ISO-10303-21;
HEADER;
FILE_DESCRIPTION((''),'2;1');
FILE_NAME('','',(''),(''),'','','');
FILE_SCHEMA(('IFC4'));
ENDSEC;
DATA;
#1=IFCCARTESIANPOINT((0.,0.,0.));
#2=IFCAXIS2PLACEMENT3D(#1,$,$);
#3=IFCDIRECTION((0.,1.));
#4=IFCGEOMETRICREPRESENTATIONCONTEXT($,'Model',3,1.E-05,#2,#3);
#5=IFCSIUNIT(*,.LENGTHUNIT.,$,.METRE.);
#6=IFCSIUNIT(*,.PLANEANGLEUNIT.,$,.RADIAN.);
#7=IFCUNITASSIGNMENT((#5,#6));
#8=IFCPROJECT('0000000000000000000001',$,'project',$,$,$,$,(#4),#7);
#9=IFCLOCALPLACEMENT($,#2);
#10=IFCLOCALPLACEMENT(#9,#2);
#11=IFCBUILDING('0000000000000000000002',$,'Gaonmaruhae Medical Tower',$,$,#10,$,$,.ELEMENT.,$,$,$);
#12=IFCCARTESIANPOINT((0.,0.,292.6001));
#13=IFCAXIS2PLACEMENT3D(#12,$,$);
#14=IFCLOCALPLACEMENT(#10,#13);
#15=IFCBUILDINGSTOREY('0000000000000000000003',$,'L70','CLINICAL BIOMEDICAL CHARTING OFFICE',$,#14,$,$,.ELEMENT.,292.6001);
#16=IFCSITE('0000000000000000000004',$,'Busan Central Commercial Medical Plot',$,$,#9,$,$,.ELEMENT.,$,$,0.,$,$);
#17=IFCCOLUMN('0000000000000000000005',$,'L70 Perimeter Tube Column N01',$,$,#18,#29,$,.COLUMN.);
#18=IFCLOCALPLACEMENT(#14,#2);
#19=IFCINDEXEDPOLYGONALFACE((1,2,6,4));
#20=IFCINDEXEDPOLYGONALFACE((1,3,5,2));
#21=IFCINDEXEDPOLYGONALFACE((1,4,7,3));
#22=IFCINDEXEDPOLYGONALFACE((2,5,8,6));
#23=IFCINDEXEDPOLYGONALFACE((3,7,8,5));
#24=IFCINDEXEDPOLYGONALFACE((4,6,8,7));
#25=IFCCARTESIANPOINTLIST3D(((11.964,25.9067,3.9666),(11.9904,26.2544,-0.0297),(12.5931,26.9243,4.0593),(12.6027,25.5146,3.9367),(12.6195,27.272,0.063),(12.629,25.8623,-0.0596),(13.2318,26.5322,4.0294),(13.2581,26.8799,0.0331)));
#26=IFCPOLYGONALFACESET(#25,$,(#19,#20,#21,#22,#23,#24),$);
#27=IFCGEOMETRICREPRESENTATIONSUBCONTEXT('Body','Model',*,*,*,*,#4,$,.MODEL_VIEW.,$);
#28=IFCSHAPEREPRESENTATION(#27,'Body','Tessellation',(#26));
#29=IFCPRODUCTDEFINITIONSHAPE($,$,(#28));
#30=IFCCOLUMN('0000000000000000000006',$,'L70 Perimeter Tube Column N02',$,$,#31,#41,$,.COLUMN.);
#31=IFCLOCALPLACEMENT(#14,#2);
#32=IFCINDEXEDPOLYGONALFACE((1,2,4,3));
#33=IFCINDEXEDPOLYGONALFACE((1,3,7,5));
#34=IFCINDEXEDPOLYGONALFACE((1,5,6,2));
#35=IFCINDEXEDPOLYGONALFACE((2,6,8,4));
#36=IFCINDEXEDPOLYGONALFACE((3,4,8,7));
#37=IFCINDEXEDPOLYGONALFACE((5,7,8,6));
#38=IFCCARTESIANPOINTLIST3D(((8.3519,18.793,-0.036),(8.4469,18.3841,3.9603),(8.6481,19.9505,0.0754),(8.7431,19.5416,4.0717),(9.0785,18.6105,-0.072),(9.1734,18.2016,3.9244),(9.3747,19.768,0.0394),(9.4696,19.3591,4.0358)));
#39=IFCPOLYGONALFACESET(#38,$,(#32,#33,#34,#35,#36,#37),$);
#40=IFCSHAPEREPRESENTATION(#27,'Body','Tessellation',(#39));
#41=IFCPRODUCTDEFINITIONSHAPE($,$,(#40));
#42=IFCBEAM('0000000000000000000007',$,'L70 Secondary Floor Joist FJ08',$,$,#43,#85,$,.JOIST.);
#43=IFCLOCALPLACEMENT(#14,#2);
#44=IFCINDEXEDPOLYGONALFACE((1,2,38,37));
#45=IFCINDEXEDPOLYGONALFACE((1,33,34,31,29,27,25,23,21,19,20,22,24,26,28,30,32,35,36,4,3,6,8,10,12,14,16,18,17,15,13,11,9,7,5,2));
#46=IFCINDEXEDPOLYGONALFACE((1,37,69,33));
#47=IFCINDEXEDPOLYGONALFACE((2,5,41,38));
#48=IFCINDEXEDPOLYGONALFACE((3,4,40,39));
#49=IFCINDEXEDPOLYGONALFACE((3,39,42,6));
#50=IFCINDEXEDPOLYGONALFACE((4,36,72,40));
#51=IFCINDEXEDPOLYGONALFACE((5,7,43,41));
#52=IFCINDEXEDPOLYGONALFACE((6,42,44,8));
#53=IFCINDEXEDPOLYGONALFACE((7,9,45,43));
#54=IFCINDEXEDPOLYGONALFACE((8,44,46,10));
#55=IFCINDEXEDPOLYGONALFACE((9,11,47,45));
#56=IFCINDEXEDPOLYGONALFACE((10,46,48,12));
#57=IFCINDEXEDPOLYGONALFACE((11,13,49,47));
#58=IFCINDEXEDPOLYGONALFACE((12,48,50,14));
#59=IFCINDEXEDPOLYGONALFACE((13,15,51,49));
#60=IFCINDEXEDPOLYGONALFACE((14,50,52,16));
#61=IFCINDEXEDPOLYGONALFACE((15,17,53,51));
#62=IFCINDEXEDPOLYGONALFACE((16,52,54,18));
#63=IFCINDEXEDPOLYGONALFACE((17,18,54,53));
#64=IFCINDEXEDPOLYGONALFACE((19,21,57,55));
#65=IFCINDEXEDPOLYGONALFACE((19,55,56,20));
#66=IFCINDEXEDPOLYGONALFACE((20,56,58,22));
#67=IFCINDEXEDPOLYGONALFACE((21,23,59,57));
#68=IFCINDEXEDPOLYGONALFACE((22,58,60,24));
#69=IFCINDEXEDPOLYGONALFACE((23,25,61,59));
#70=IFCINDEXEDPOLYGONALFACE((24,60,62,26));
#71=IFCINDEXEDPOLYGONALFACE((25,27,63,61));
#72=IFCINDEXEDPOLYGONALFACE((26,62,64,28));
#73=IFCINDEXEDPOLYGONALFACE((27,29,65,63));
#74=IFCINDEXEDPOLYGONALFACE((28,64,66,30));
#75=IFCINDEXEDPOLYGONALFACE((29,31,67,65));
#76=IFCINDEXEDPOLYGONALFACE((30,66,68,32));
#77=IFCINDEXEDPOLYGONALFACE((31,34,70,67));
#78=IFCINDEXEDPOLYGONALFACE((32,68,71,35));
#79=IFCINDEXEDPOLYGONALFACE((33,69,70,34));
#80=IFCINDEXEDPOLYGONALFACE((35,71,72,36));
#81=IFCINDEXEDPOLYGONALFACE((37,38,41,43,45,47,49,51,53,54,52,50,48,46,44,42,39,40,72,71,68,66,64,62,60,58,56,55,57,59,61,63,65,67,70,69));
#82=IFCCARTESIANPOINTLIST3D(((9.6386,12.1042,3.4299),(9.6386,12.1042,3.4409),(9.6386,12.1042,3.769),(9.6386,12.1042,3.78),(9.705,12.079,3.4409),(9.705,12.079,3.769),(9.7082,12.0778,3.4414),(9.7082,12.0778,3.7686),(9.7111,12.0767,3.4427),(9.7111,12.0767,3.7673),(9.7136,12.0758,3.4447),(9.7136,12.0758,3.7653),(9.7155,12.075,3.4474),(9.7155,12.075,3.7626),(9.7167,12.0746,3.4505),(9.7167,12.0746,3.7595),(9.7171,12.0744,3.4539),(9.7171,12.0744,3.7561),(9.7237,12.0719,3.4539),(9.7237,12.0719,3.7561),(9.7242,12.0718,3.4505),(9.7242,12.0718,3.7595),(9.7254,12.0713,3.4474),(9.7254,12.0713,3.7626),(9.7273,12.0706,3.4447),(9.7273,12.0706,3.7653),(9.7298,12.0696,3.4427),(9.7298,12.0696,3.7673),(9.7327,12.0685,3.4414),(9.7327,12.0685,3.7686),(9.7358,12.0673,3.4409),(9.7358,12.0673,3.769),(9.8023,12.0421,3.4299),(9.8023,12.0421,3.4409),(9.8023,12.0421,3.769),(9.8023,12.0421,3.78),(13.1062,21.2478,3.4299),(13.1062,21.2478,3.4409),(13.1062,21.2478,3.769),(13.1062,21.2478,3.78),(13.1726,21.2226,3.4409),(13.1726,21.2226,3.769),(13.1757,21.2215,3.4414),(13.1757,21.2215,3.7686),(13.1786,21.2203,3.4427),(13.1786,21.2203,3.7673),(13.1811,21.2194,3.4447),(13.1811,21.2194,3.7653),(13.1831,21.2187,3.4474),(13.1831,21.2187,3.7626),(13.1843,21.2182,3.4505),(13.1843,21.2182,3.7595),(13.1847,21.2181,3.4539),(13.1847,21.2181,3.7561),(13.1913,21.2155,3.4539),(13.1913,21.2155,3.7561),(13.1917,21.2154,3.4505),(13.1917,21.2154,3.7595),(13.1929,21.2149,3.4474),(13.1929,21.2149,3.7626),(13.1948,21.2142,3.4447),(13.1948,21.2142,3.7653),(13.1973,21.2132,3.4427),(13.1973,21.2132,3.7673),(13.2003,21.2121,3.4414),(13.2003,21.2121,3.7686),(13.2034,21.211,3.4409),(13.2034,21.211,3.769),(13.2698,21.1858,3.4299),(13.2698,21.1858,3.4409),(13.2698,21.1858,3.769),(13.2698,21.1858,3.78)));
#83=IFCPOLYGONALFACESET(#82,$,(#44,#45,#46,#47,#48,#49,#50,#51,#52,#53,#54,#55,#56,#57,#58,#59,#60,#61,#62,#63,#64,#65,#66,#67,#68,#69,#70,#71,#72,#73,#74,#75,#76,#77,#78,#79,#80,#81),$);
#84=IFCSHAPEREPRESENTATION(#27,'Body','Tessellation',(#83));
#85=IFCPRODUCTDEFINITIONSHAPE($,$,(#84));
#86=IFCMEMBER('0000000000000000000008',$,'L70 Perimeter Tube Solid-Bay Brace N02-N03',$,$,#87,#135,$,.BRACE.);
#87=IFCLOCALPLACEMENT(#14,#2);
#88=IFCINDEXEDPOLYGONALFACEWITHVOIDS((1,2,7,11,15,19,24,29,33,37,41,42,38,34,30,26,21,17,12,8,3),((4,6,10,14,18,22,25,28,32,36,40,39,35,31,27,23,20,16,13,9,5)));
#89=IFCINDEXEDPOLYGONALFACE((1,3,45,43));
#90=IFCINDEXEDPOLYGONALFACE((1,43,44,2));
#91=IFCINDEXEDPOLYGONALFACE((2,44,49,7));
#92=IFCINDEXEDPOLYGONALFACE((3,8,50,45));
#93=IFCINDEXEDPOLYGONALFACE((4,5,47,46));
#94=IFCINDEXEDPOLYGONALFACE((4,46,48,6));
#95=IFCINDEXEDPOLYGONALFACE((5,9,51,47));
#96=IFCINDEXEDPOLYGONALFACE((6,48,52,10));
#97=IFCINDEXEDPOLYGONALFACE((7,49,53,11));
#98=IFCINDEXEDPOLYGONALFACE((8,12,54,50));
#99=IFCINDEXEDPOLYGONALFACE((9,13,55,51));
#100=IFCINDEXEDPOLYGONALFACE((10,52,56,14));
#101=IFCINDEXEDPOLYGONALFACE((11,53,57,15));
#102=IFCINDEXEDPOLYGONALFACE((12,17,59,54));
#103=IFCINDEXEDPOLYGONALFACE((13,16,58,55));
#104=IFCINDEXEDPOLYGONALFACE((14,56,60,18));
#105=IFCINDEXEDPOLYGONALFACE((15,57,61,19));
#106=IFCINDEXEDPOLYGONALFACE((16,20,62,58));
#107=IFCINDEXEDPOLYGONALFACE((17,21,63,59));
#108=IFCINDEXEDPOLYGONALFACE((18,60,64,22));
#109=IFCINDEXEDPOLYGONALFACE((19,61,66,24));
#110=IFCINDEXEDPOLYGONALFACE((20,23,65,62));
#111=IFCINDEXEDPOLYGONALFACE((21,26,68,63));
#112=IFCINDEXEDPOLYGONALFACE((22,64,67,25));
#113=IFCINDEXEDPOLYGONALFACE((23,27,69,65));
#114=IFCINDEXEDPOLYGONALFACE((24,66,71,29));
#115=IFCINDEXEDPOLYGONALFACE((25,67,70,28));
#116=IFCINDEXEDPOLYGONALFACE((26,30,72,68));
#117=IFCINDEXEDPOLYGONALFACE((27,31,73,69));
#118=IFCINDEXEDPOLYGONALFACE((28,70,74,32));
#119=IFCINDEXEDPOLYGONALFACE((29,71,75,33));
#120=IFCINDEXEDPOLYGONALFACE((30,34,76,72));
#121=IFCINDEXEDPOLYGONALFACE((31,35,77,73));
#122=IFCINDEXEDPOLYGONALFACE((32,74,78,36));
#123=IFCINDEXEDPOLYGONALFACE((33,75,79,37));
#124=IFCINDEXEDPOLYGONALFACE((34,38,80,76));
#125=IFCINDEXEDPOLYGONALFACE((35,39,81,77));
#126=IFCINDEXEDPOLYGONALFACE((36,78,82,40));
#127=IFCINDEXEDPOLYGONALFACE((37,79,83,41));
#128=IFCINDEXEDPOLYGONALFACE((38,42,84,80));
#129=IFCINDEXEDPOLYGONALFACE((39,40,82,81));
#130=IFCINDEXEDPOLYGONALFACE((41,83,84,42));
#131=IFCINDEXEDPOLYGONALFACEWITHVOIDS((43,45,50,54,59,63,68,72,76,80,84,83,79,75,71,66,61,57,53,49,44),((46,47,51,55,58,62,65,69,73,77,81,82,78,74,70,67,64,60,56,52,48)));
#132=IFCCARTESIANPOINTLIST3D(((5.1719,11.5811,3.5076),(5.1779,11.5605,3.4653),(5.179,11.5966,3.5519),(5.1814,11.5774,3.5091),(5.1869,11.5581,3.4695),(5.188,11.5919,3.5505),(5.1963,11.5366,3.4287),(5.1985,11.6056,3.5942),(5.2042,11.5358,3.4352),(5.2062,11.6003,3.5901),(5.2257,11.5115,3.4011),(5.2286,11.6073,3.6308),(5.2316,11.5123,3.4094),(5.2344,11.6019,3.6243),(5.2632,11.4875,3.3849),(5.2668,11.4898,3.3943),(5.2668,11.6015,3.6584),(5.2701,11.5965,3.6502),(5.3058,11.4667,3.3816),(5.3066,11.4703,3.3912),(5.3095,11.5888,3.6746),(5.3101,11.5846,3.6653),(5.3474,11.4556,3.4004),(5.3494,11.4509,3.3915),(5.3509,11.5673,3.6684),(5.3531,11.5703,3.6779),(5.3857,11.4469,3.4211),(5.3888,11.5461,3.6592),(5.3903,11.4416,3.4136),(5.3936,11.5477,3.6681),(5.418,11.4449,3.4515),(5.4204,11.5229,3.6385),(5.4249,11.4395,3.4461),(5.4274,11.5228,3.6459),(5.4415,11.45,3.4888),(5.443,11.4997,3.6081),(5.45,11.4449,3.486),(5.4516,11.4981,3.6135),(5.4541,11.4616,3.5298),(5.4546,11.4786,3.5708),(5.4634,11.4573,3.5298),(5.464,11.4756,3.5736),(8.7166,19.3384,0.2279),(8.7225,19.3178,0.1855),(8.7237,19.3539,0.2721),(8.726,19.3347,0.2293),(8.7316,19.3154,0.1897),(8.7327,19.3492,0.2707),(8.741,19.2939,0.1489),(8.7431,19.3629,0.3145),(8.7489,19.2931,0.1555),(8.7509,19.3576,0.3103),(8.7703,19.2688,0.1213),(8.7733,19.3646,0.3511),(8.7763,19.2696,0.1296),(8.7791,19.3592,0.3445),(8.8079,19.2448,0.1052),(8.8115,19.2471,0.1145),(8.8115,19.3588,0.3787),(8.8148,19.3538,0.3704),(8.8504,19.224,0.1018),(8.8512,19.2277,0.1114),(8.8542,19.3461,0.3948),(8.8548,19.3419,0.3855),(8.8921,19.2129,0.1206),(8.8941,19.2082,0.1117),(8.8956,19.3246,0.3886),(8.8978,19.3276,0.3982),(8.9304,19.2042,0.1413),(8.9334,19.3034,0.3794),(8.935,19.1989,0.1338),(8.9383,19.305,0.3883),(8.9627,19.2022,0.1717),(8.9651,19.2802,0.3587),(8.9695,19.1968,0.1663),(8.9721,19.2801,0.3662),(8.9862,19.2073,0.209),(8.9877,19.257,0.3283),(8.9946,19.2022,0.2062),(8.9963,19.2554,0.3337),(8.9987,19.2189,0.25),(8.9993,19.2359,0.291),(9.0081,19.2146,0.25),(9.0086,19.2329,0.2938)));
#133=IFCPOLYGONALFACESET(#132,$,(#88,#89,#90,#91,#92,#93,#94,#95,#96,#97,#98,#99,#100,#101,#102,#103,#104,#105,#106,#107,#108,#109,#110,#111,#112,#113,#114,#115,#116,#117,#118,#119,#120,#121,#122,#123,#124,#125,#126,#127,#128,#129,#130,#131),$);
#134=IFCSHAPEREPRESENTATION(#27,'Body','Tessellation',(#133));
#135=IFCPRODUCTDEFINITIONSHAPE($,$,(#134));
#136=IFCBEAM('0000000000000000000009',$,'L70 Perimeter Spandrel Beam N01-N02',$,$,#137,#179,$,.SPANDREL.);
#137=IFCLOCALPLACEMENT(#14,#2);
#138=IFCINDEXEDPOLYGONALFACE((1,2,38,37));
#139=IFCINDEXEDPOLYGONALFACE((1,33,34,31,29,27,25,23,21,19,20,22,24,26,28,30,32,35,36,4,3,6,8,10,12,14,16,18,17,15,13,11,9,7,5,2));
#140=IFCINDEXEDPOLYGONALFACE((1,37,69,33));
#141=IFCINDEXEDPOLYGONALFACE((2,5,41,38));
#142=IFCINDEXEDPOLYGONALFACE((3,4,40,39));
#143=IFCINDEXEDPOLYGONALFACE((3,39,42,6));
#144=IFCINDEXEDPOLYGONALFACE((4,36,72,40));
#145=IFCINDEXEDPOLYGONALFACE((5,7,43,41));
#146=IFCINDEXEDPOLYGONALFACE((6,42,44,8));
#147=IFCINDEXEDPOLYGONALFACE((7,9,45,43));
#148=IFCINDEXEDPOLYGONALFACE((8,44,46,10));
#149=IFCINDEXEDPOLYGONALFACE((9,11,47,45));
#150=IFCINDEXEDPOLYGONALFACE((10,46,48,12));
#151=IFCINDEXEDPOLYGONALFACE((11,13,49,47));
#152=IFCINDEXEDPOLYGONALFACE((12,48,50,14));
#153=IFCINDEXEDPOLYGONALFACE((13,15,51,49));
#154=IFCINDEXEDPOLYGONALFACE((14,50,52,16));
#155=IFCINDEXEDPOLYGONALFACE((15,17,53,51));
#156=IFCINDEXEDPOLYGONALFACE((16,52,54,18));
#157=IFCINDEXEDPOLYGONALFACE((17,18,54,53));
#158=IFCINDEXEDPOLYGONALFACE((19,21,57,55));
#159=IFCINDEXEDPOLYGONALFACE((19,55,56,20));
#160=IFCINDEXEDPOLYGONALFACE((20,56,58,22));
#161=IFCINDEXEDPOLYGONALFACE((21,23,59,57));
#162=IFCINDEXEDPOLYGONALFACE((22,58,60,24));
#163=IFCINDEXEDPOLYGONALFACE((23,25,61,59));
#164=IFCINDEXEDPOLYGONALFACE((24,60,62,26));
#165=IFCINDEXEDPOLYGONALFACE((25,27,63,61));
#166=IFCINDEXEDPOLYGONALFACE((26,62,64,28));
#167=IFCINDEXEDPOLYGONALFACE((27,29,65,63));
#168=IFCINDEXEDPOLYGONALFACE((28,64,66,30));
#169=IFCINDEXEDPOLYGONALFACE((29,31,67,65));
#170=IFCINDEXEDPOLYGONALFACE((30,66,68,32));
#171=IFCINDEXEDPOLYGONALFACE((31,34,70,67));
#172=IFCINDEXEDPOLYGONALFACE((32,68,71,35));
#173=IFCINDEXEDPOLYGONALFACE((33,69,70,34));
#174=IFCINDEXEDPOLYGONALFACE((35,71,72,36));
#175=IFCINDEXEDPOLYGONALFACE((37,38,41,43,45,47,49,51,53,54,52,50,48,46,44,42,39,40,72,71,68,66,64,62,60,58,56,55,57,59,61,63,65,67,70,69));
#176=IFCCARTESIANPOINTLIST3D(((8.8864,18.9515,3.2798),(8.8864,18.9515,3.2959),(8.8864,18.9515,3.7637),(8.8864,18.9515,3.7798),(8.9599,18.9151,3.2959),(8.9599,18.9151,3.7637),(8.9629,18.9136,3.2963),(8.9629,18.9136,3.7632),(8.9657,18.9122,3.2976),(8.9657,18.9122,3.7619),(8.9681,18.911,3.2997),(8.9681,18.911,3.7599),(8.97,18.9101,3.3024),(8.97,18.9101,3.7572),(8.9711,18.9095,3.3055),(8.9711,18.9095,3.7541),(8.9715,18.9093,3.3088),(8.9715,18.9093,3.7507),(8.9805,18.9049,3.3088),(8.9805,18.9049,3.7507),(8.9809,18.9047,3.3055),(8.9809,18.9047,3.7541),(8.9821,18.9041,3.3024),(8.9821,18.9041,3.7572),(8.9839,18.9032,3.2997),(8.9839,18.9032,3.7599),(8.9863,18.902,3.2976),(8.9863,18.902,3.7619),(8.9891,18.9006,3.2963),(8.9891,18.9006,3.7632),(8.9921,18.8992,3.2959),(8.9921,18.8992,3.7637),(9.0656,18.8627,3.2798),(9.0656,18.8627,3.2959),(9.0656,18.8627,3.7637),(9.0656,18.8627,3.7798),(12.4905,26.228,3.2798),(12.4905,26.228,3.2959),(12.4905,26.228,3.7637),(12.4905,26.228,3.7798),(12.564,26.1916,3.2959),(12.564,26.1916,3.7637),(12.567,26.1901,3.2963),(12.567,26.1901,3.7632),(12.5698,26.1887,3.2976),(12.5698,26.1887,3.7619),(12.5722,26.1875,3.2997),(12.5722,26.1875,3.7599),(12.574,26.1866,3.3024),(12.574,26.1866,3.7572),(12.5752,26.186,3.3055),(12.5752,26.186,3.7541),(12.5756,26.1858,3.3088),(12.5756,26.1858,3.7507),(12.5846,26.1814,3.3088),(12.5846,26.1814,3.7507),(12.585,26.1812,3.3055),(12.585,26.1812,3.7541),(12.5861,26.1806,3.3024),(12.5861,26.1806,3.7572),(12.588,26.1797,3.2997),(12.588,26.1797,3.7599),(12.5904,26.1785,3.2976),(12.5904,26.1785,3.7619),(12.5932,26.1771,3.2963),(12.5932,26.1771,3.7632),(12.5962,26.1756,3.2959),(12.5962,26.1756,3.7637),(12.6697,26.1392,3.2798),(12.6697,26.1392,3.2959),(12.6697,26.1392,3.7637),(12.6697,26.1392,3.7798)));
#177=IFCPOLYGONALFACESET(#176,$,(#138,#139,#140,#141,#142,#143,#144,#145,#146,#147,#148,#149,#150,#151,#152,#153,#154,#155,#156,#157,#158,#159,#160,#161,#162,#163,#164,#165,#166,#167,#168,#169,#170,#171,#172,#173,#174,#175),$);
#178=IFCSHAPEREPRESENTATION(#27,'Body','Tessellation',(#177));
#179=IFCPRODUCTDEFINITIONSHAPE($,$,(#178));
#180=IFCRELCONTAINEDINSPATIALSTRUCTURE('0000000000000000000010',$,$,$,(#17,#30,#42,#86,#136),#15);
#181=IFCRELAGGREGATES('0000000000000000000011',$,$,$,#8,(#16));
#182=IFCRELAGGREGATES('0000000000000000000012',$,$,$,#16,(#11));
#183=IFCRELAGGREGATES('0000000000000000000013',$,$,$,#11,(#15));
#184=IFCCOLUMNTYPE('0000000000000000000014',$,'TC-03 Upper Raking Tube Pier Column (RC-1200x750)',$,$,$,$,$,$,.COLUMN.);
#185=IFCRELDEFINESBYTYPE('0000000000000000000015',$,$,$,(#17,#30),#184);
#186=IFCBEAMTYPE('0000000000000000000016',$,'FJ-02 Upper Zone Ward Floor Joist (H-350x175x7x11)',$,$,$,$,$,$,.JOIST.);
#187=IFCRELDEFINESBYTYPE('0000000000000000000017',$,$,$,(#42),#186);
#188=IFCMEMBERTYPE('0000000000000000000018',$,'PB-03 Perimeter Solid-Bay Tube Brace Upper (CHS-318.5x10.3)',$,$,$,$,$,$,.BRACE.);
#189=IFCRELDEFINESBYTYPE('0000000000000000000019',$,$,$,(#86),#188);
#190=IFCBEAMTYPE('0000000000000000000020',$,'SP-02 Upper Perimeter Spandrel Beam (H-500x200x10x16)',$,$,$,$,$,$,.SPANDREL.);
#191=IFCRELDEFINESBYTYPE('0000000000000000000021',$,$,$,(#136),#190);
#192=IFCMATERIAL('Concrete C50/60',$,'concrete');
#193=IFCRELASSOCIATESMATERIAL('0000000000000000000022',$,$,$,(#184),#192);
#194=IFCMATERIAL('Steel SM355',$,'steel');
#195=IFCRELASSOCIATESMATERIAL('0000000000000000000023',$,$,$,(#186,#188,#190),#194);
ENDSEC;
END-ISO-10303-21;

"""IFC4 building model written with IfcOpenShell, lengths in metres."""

from ifc_helpers import new_model, si_unit, direction, frame, origin, origin_2d, place, context, subcontext, project, spatial, rectangle, hollow_circle, i_section, extrude, material, material_profile, profile_set, type_object, element, save


model = new_model("IFC4")

# Units and contexts
model_context = context("Model", 3, precision=1e-05, world=origin(), true_north=direction((0.0, 1.0)))
body_context = subcontext(model_context, "Body", "Model", "MODEL_VIEW")
ifc_project = project(units=[si_unit("LENGTHUNIT", "METRE"), si_unit("PLANEANGLEUNIT", "RADIAN")], contexts=[model_context])

# Site, building, storey
site_placement = place(None, origin())
site = spatial("IfcSite", under=ifc_project, at=site_placement, Name="Busan Central Commercial Medical Plot", CompositionType="ELEMENT", RefElevation=0.0)
building_placement = place(site_placement, origin())
building = spatial("IfcBuilding", under=site, at=building_placement, Name="Gaonmaruhae Medical Tower", CompositionType="ELEMENT")
storey_placement = place(building_placement, frame((0.0, 0.0, 292.6001)))
storey = spatial("IfcBuildingStorey", under=building, at=storey_placement, Name="L70", Description="CLINICAL BIOMEDICAL CHARTING OFFICE", CompositionType="ELEMENT", Elevation=292.6001)

# Columns
ifc_material_1 = material(Name="Concrete C50/60", Category="concrete")
ifc_material_profile_1 = material_profile(ifc_material_1, rectangle(XDim=1.2, YDim=0.75, at=origin_2d()), Name="RC-1200x750")
ifc_profile_set_1 = profile_set([ifc_material_profile_1], Name="Concrete C50/60")
column_type = type_object("IfcColumnType", Name="TC-03 Upper Raking Tube Pier Column (RC-1200x750)", PredefinedType="COLUMN", material=ifc_profile_set_1)
column_1_placement = place(storey_placement, frame((12.6243, 26.5671, 0.0017), z_axis=(-0.006573, -0.086665, 0.996216), x_axis=(0.524284, 0.848034, 0.077233)))
element("IfcColumn", 1, at=column_1_placement, inside=storey, type_object=column_type, Name="L70 Perimeter Tube Column N01", PredefinedType="COLUMN", context=body_context, shape_type="SweptSolid", body=[
    extrude(rectangle(XDim=1.2, YDim=0.75, at=origin_2d()), origin(), (0.0, 0.0, 1.0), 4.0115),
])
column_2_placement = place(storey_placement, frame((8.8633, 19.2805, 0.0017), z_axis=(0.023634, -0.101768, 0.994527), x_axis=(0.246838, 0.964599, 0.092839)))
element("IfcColumn", 2, at=column_2_placement, inside=storey, type_object=column_type, Name="L70 Perimeter Tube Column N02", PredefinedType="COLUMN", context=body_context, shape_type="SweptSolid", body=[
    extrude(rectangle(XDim=1.2, YDim=0.75, at=origin_2d()), origin(), (0.0, 0.0, 1.0), 4.0183),
])

# Beam
ifc_material_2 = material(Name="Steel SM355", Category="steel")
ifc_material_profile_2 = material_profile(ifc_material_2, i_section(OverallWidth=0.175, OverallDepth=0.3501, WebThickness=0.0071, FlangeThickness=0.011, FilletRadius=0.0129, at=origin_2d()), Name="H-350x175x7x11")
ifc_profile_set_2 = profile_set([ifc_material_profile_2], Name="Steel SM355")
beam_type_1 = type_object("IfcBeamType", Name="FJ-02 Upper Zone Ward Floor Joist (H-350x175x7x11)", PredefinedType="JOIST", material=ifc_profile_set_2)
beam_placement = place(storey_placement, frame((13.188, 21.2168, 3.605), z_axis=(-0.35459, -0.935022, 0.0), x_axis=(0.935022, -0.35459, 0.0)))
element("IfcBeam", 3, at=beam_placement, inside=storey, type_object=beam_type_1, Name="L70 Secondary Floor Joist FJ08", PredefinedType="JOIST", context=body_context, shape_type="SweptSolid", body=[
    extrude(i_section(OverallWidth=0.175, OverallDepth=0.3501, WebThickness=0.0071, FlangeThickness=0.011, FilletRadius=0.0129, at=origin_2d()), origin(), (0.0, 0.0, 1.0), 9.7791),
])

# Member
ifc_material_profile_3 = material_profile(ifc_material_2, hollow_circle(Radius=0.1592, WallThickness=0.0103, at=origin_2d()), Name="CHS-318.5x10.3")
ifc_profile_set_3 = profile_set([ifc_material_profile_3], Name="Steel SM355")
member_type = type_object("IfcMemberType", Name="PB-03 Perimeter Solid-Bay Tube Brace Upper (CHS-318.5x10.3)", PredefinedType="BRACE", material=ifc_profile_set_3)
member_placement = place(storey_placement, frame((8.8633, 19.2808, 0.25), z_axis=(-0.387917, -0.848935, 0.358928), x_axis=(0.909542, -0.415612, 0.0)))
element("IfcMember", 4, at=member_placement, inside=storey, type_object=member_type, Name="L70 Perimeter Tube Solid-Bay Brace N02-N03", PredefinedType="BRACE", context=body_context, shape_type="SweptSolid", body=[
    extrude(hollow_circle(Radius=0.1592, WallThickness=0.0103, at=origin_2d()), origin(), (0.0, 0.0, 1.0), 9.1377),
])

# Beam
ifc_material_profile_4 = material_profile(ifc_material_2, i_section(OverallWidth=0.2, OverallDepth=0.5, WebThickness=0.01, FlangeThickness=0.0161, FilletRadius=0.0129, at=origin_2d()), Name="H-500x200x10x16")
ifc_profile_set_4 = profile_set([ifc_material_profile_4], Name="Steel SM355")
beam_type_2 = type_object("IfcBeamType", Name="SP-02 Upper Perimeter Spandrel Beam (H-500x200x10x16)", PredefinedType="SPANDREL", material=ifc_profile_set_4)
for number, where, z_axis, x_axis, name in (
    (5, (12.5801, 26.1836, 3.5298), (-0.443843, -0.896105, 0.0), (0.896105, -0.443843, 0.0), "L70 Perimeter Spandrel Beam N01-N02"),
):
    element("IfcBeam", number, at=place(storey_placement, frame(where, z_axis=z_axis, x_axis=x_axis)), inside=storey, type_object=beam_type_2, Name=name, PredefinedType="SPANDREL", context=body_context, shape_type="SweptSolid", body=[
        extrude(i_section(OverallWidth=0.2, OverallDepth=0.5, WebThickness=0.01, FlangeThickness=0.0161, FilletRadius=0.0129, at=origin_2d()), origin(), (0.0, 0.0, 1.0), 8.1201),
    ])

save(model, "model.ifc")
